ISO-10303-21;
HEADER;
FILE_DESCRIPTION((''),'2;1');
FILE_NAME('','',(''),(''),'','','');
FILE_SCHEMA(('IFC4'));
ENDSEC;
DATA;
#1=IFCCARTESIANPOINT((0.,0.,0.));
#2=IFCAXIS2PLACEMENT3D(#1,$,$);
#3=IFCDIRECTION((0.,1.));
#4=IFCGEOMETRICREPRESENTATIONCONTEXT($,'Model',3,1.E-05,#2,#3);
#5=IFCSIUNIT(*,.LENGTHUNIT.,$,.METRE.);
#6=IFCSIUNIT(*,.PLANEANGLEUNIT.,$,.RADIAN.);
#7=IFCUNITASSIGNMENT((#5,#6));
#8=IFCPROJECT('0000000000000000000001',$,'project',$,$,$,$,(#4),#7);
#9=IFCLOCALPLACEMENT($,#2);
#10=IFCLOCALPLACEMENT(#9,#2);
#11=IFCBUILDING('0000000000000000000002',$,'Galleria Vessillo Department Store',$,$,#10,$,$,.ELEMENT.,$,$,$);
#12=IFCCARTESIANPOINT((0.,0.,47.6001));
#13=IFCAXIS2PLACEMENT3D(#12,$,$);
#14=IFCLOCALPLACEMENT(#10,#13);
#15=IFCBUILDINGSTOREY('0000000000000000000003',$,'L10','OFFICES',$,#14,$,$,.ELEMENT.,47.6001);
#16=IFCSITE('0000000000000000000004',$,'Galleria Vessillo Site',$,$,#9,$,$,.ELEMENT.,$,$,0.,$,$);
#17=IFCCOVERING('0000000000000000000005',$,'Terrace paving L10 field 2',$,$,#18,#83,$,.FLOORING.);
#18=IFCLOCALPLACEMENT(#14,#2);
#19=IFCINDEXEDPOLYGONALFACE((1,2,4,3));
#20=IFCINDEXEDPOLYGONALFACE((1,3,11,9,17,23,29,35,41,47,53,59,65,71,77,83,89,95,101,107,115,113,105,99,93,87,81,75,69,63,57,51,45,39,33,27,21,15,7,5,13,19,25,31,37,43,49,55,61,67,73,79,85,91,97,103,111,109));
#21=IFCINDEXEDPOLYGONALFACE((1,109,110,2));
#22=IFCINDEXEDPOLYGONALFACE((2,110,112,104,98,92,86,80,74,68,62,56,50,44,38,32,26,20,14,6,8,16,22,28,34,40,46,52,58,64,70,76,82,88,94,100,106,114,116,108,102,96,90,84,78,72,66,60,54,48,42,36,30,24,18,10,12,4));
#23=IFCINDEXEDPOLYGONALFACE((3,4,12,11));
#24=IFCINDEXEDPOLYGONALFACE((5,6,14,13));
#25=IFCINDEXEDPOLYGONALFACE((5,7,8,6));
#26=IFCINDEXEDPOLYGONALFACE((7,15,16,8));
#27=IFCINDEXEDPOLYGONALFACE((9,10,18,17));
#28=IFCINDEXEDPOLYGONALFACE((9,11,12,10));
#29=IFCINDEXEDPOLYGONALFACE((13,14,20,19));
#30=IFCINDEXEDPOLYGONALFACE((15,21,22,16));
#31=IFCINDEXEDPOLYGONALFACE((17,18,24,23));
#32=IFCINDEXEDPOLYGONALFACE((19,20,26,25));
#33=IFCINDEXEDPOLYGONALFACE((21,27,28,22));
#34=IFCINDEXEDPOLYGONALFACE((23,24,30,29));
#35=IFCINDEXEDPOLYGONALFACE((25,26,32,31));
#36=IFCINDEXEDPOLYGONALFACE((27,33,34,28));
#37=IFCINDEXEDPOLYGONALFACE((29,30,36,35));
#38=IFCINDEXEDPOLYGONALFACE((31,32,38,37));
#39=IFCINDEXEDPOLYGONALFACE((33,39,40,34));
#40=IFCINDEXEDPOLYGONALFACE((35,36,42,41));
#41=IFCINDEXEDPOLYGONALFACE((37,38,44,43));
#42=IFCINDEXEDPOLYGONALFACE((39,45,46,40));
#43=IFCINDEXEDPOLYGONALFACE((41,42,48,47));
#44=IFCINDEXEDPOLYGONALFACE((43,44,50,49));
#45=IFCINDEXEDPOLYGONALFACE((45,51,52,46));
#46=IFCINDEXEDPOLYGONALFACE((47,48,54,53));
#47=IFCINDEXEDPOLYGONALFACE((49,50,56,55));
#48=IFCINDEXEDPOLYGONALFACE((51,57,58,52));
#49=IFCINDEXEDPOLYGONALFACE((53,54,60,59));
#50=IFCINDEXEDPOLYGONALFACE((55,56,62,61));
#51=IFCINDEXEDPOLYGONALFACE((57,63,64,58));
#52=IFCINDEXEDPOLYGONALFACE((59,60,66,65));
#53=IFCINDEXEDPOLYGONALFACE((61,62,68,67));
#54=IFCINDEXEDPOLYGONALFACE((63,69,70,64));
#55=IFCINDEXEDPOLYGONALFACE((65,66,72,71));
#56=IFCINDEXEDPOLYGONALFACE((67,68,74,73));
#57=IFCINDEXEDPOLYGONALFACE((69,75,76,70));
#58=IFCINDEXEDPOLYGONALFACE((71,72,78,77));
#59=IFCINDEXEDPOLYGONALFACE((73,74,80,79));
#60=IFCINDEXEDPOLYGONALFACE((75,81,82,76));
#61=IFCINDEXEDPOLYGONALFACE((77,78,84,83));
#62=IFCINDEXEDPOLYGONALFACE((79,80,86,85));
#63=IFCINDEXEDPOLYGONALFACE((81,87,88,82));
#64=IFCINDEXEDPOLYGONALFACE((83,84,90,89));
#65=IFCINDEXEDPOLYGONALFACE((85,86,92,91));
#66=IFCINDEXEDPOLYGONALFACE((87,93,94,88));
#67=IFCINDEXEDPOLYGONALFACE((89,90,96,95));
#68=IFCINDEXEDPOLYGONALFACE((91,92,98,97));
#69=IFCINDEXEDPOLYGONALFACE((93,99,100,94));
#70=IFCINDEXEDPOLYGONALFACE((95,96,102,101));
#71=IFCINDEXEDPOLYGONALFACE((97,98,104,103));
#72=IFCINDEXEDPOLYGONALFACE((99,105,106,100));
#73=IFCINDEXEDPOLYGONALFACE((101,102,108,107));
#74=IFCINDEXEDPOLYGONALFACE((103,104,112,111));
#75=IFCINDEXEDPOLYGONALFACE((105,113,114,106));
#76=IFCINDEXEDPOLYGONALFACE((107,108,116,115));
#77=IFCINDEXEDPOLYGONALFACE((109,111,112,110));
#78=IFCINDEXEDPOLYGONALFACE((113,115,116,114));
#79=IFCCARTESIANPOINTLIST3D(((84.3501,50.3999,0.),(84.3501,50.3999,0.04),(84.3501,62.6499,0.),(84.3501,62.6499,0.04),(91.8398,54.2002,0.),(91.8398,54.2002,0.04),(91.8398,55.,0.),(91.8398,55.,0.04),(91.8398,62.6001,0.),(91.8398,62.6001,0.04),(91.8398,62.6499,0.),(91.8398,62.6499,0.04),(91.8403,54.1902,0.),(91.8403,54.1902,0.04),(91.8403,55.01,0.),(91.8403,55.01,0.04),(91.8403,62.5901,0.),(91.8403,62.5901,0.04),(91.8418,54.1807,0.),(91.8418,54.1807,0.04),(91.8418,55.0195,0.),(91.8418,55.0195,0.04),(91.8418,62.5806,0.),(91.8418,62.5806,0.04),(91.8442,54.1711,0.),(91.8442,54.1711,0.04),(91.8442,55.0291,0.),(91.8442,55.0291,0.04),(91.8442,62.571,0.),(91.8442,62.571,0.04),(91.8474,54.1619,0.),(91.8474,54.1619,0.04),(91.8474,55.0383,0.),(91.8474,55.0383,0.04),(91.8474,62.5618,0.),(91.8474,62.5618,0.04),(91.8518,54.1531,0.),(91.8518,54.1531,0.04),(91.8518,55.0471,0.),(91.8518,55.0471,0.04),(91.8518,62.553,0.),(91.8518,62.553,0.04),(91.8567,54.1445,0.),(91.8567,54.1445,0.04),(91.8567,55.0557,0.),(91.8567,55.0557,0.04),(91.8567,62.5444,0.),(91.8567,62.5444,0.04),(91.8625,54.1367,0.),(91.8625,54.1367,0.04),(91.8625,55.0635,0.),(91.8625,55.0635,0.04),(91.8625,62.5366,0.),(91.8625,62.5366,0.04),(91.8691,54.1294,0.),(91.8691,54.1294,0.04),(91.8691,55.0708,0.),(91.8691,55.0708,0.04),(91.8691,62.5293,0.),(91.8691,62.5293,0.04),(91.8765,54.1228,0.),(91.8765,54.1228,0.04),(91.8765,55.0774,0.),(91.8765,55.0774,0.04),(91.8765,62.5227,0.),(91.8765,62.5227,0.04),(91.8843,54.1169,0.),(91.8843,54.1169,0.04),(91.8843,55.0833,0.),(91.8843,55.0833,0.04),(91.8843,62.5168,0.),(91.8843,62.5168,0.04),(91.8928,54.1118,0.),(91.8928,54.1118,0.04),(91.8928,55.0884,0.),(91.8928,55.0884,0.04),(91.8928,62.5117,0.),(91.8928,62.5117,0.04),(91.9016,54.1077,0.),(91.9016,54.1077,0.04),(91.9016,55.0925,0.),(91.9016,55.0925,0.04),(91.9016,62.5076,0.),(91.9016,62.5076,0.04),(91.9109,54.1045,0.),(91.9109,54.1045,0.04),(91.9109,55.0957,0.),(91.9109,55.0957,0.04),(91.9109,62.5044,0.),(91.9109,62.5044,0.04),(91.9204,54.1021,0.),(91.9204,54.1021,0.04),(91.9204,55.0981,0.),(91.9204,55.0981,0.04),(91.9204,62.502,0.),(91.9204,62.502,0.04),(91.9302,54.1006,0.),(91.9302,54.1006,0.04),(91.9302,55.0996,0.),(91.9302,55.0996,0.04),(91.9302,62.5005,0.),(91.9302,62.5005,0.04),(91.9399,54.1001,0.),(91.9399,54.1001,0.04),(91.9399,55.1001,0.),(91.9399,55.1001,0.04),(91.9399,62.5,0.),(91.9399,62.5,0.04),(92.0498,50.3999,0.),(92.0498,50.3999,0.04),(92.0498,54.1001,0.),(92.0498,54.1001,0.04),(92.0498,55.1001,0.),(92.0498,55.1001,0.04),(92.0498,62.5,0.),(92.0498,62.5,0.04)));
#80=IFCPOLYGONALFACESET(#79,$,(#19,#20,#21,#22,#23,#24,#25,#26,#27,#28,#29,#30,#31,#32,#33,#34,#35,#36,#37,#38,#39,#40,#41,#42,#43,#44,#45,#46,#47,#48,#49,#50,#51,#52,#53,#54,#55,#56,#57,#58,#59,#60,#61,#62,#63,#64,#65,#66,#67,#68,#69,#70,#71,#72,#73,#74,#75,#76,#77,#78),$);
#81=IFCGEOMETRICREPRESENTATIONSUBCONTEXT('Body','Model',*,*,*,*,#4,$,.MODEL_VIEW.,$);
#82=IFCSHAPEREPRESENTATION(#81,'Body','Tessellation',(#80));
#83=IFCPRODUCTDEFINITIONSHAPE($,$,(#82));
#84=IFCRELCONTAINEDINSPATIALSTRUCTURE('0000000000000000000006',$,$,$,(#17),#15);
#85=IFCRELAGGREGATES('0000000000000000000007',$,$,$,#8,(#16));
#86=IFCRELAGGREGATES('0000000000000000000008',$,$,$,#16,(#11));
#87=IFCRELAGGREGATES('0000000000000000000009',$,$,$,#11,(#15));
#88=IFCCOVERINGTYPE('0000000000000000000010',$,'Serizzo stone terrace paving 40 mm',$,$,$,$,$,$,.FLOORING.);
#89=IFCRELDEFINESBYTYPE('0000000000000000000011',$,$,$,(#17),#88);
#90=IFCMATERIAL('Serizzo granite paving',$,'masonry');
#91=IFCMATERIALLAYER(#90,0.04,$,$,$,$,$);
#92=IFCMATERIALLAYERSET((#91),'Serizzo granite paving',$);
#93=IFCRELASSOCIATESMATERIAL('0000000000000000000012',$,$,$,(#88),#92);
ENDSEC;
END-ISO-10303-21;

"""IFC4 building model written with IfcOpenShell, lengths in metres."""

from ifc_helpers import new_model, si_unit, direction, frame, origin, place, context, subcontext, project, spatial, polyline, outline, extrude, material, layer, layer_set, type_object, element, save


model = new_model("IFC4")

# Units and contexts
model_context = context("Model", 3, precision=1e-05, world=origin(), true_north=direction((0.0, 1.0)))
body_context = subcontext(model_context, "Body", "Model", "MODEL_VIEW")
ifc_project = project(units=[si_unit("LENGTHUNIT", "METRE"), si_unit("PLANEANGLEUNIT", "RADIAN")], contexts=[model_context])

# Site, building, storey
site_placement = place(None, origin())
site = spatial("IfcSite", under=ifc_project, at=site_placement, Name="Galleria Vessillo Site", CompositionType="ELEMENT", RefElevation=0.0)
building_placement = place(site_placement, origin())
building = spatial("IfcBuilding", under=site, at=building_placement, Name="Galleria Vessillo Department Store", CompositionType="ELEMENT")
storey_placement = place(building_placement, frame((0.0, 0.0, 47.6001)))
storey = spatial("IfcBuildingStorey", under=building, at=storey_placement, Name="L10", Description="OFFICES", CompositionType="ELEMENT", Elevation=47.6001)

# Covering
ifc_material_1 = material(Name="Serizzo granite paving", Category="masonry")
ifc_layer_1 = layer(ifc_material_1, 0.04)
ifc_layer_set_1 = layer_set([ifc_layer_1], Name="Serizzo granite paving")
covering_type_1 = type_object("IfcCoveringType", Name="Serizzo stone terrace paving 40 mm", PredefinedType="FLOORING", material=ifc_layer_set_1)
covering_1_placement = place(storey_placement, origin())
element("IfcCovering", 1, at=covering_1_placement, inside=storey, type_object=covering_type_1, Name="Terrace paving L10 field 2", PredefinedType="FLOORING", context=body_context, shape_type="SweptSolid", body=[
    extrude(outline(polyline([(91.8398, 62.6499), (91.8398, 62.6001), (91.8403, 62.5901), (91.8418, 62.5806), (91.8442, 62.571), (91.8474, 62.5618), (91.8518, 62.553), (91.8567, 62.5444), (91.8625, 62.5366), (91.8691, 62.5293), (91.8765, 62.5227), (91.8843, 62.5168), (91.8928, 62.5117), (91.9016, 62.5076), (91.9109, 62.5044), (91.9204, 62.502), (91.9302, 62.5005), (91.9399, 62.5), (92.0498, 62.5), (92.0498, 55.1001), (91.9399, 55.1001), (91.9302, 55.0996), (91.9204, 55.0981), (91.9109, 55.0957), (91.9016, 55.0925), (91.8928, 55.0884), (91.8843, 55.0833), (91.8765, 55.0774), (91.8691, 55.0708), (91.8625, 55.0635), (91.8567, 55.0557), (91.8518, 55.0471), (91.8474, 55.0383), (91.8442, 55.0291), (91.8418, 55.0195), (91.8403, 55.01), (91.8398, 55.0), (91.8398, 54.2002), (91.8403, 54.1902), (91.8418, 54.1807), (91.8442, 54.1711), (91.8474, 54.1619), (91.8518, 54.1531), (91.8567, 54.1445), (91.8625, 54.1367), (91.8691, 54.1294), (91.8765, 54.1228), (91.8843, 54.1169), (91.8928, 54.1118), (91.9016, 54.1077), (91.9109, 54.1045), (91.9204, 54.1021), (91.9302, 54.1006), (91.9399, 54.1001), (92.0498, 54.1001), (92.0498, 50.3999), (84.3501, 50.3999), (84.3501, 62.6499), (91.8398, 62.6499)])), origin(), (0.0, 0.0, 1.0), 0.04),
])

save(model, "model.ifc")
